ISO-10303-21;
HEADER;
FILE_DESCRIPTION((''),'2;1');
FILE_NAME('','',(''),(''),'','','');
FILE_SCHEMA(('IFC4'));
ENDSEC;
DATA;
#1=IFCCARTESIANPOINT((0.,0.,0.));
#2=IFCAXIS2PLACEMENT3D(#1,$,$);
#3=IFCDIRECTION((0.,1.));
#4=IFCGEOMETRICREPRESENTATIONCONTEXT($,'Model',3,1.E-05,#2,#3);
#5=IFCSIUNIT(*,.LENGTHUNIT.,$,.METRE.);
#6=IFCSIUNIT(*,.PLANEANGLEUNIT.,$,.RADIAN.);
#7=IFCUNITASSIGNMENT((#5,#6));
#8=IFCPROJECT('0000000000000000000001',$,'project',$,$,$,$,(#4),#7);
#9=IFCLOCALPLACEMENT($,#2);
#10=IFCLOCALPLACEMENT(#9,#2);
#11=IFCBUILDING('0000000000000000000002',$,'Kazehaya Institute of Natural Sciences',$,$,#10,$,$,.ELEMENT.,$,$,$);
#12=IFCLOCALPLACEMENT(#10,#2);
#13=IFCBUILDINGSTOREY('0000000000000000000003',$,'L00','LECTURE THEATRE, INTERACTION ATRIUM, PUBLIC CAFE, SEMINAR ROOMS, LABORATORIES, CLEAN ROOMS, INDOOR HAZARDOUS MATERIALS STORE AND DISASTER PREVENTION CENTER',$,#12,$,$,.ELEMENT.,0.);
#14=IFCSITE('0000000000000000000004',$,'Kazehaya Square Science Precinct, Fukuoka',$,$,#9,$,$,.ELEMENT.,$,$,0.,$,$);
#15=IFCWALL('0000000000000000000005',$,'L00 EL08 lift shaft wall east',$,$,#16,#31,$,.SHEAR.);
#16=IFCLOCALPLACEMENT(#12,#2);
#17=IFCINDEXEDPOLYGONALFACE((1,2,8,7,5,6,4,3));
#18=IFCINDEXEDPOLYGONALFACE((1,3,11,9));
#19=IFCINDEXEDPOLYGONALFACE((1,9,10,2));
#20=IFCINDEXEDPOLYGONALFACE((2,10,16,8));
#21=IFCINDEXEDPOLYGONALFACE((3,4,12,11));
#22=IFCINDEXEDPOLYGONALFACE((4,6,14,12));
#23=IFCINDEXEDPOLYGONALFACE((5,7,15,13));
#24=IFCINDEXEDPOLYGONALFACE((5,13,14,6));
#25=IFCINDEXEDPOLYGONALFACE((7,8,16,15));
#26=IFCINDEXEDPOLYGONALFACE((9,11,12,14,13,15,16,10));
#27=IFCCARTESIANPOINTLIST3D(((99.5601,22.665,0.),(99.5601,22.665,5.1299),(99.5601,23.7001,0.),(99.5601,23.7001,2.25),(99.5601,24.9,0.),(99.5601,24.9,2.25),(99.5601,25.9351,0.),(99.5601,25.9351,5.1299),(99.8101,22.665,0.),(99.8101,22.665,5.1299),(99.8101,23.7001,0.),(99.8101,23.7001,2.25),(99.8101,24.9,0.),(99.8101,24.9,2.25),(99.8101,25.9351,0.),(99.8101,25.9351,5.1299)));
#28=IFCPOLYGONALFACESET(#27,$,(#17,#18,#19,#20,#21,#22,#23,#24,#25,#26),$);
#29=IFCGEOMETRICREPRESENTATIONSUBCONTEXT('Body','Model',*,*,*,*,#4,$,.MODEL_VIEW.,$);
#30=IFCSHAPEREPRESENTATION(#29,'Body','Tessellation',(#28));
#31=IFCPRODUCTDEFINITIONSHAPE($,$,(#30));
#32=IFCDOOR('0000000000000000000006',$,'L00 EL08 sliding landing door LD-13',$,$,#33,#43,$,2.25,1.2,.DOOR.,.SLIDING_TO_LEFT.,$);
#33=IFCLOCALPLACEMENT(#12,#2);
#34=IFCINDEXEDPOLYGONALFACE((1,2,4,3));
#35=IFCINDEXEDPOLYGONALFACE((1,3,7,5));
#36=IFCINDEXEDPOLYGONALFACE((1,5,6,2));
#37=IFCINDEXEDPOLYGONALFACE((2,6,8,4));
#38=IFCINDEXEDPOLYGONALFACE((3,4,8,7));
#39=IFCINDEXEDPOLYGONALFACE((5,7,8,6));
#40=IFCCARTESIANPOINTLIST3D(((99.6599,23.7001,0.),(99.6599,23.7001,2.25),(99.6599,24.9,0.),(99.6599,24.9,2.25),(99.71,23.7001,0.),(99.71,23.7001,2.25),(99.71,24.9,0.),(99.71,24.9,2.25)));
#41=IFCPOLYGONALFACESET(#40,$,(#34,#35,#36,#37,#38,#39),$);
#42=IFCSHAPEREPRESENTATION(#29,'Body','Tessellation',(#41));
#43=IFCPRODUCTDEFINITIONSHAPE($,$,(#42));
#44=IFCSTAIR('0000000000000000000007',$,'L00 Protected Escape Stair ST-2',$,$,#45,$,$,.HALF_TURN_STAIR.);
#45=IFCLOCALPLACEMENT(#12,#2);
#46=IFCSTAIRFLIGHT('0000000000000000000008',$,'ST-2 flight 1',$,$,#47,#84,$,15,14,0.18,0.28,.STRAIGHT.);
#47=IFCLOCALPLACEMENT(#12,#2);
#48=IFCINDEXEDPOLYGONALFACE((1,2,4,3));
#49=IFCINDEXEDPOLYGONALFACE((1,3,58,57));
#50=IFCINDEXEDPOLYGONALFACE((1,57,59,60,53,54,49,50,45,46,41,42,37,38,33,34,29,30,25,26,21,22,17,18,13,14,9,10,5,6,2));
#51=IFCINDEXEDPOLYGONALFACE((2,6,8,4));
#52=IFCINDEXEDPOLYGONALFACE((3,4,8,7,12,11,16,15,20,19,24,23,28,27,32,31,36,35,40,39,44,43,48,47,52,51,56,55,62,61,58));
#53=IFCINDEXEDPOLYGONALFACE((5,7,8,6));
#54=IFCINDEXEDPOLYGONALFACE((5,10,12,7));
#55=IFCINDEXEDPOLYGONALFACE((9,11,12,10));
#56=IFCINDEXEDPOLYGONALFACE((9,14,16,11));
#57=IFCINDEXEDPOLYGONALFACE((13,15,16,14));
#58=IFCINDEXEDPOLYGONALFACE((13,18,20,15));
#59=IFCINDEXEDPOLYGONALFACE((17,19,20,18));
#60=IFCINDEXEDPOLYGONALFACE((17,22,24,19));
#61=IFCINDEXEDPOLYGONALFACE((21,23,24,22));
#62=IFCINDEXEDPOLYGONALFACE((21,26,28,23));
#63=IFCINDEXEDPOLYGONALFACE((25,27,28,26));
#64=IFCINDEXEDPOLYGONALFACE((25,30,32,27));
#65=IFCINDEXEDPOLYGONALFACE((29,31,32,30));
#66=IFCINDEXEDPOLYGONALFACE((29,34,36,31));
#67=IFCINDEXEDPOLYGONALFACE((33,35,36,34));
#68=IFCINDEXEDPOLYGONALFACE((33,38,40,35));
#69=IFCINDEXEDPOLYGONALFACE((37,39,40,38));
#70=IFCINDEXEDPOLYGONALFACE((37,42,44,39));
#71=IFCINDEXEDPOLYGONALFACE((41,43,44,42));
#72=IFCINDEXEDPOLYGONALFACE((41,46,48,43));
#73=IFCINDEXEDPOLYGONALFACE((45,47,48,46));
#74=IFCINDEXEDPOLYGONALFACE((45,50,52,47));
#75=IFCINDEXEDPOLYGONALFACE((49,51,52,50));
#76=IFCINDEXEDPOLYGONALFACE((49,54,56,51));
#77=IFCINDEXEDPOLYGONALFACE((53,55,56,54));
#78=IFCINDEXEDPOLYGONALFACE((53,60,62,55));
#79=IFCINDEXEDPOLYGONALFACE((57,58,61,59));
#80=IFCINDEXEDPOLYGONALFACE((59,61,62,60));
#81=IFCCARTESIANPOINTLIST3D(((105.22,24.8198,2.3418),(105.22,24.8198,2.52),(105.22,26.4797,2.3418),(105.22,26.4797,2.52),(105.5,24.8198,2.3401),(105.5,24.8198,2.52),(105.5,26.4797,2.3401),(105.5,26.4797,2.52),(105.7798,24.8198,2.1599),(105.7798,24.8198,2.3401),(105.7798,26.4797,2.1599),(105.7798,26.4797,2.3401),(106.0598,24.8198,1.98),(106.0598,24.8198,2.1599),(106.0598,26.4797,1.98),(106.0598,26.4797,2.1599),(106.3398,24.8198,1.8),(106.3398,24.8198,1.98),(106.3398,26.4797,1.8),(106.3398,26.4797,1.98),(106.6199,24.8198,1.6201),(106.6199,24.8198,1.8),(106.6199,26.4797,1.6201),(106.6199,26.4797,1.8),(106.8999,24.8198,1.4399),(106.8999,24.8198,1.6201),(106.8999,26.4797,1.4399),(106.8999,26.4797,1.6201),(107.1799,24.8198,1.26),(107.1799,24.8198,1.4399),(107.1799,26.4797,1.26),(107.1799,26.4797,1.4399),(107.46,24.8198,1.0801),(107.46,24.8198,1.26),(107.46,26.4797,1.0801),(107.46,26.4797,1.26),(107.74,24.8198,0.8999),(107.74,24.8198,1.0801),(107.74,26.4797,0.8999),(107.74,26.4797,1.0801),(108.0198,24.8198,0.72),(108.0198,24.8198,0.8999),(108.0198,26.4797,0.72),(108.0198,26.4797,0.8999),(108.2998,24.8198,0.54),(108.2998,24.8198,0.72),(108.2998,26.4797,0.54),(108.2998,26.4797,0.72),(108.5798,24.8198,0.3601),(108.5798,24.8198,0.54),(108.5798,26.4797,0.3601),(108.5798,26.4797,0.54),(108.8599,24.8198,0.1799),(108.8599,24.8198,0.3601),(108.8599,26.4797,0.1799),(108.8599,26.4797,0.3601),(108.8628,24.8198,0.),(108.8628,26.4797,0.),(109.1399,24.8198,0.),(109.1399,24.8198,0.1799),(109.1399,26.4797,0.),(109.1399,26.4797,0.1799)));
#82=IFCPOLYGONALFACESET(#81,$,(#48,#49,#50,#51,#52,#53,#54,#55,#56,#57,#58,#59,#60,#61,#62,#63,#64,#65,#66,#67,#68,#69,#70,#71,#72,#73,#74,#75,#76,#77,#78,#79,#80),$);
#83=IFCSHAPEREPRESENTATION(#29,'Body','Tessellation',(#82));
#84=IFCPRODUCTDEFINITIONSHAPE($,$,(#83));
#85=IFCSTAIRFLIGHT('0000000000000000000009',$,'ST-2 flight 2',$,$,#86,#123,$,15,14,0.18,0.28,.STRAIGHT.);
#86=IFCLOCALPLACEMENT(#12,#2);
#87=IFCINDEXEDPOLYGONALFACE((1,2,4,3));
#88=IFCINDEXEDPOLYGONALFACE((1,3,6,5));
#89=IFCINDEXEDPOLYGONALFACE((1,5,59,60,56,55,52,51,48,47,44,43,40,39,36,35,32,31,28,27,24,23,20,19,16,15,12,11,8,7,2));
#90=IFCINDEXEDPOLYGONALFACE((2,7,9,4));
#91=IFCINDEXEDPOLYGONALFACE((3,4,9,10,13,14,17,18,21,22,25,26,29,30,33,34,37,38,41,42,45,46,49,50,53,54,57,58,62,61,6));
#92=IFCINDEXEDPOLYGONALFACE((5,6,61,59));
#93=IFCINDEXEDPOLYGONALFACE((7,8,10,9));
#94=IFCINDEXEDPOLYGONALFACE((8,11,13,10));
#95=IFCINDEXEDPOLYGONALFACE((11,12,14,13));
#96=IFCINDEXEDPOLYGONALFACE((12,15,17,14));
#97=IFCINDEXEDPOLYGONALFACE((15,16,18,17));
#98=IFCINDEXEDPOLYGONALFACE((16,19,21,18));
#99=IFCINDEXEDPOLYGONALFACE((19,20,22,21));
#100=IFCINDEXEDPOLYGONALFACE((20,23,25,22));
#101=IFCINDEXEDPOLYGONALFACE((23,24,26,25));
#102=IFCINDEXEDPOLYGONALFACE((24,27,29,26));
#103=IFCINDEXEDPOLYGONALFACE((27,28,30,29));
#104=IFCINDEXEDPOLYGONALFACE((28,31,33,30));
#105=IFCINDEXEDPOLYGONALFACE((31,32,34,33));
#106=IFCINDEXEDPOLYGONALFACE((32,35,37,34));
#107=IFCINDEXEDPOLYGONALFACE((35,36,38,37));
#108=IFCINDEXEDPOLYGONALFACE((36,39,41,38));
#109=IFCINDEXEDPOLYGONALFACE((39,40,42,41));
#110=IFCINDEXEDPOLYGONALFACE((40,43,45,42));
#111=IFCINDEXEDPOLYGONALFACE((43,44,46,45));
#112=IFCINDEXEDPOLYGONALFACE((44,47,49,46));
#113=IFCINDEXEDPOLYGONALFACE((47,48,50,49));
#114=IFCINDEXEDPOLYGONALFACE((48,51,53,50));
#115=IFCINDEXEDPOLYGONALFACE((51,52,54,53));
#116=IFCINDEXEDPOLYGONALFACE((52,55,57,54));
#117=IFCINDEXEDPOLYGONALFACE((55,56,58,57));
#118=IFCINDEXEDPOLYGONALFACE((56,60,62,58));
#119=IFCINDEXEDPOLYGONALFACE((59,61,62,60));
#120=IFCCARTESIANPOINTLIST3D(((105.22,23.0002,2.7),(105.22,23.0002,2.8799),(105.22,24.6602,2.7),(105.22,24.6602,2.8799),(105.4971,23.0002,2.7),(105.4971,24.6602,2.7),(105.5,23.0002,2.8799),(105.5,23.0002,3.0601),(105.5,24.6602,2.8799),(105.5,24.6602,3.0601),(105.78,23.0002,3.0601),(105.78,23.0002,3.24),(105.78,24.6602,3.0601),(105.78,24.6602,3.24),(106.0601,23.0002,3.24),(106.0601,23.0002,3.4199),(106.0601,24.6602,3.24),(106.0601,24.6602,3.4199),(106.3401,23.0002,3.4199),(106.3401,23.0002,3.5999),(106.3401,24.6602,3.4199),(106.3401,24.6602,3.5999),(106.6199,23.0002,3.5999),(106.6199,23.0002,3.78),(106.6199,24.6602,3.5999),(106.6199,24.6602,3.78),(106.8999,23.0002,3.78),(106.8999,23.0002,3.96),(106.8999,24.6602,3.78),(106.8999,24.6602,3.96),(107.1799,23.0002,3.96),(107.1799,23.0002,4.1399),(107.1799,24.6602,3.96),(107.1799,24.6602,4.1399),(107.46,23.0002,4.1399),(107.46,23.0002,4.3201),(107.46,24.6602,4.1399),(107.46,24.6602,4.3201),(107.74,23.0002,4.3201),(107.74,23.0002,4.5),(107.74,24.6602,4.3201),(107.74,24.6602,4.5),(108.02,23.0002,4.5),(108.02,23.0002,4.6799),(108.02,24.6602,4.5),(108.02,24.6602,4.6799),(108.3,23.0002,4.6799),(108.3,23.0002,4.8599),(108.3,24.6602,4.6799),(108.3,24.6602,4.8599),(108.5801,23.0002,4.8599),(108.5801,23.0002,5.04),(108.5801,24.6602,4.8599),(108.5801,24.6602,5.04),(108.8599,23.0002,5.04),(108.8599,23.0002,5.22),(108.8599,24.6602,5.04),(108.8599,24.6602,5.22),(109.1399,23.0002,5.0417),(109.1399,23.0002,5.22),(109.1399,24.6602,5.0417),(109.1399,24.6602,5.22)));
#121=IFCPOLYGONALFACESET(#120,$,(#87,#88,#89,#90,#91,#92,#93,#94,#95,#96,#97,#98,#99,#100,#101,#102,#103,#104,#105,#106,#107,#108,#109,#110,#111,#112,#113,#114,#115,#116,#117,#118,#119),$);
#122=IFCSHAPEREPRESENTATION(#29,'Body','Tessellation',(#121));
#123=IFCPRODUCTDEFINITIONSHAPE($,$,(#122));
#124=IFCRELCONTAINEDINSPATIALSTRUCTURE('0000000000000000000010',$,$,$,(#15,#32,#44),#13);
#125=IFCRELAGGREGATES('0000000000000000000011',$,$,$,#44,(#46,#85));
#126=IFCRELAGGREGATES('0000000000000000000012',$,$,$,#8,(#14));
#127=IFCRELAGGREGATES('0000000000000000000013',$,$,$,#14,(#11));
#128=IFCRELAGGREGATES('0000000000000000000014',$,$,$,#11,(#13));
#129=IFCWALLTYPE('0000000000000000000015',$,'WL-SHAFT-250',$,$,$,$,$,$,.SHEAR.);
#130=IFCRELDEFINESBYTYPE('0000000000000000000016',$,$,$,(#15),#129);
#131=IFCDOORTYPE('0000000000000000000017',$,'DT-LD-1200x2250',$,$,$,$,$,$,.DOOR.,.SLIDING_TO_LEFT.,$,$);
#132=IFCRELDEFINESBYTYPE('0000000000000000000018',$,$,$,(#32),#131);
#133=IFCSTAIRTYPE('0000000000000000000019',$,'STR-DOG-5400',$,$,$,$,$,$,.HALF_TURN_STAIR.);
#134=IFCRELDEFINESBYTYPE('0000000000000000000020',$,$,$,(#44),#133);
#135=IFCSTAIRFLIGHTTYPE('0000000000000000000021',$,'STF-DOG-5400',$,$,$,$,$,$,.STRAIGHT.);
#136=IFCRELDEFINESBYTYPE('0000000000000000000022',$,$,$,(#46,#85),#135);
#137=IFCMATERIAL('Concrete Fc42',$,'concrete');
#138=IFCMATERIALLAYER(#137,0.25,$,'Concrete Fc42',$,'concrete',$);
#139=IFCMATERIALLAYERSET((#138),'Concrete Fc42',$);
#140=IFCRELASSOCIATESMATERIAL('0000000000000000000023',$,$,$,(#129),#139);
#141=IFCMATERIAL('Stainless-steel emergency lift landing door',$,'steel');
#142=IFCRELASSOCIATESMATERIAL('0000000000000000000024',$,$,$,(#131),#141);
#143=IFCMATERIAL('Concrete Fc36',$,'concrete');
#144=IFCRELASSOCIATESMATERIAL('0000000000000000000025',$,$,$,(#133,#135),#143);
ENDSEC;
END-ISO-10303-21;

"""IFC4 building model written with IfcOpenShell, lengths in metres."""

from ifc_helpers import new_model, si_unit, direction, frame, frame_2d, origin, place, context, subcontext, project, spatial, polyline, rectangle, outline, extrude, material, layer, layer_set, type_object, element, fill, aggregate, save


model = new_model("IFC4")

# Units and contexts
model_context = context("Model", 3, precision=1e-05, world=origin(), true_north=direction((0.0, 1.0)))
body_context = subcontext(model_context, "Body", "Model", "MODEL_VIEW")
ifc_project = project(units=[si_unit("LENGTHUNIT", "METRE"), si_unit("PLANEANGLEUNIT", "RADIAN")], contexts=[model_context])

# Site, building, storey
site_placement = place(None, origin())
site = spatial("IfcSite", under=ifc_project, at=site_placement, Name="Kazehaya Square Science Precinct, Fukuoka", CompositionType="ELEMENT", RefElevation=0.0)
building_placement = place(site_placement, origin())
building = spatial("IfcBuilding", under=site, at=building_placement, Name="Kazehaya Institute of Natural Sciences", CompositionType="ELEMENT")
storey_placement = place(building_placement, origin())
storey = spatial("IfcBuildingStorey", under=building, at=storey_placement, Name="L00", Description="LECTURE THEATRE, INTERACTION ATRIUM, PUBLIC CAFE, SEMINAR ROOMS, LABORATORIES, CLEAN ROOMS, INDOOR HAZARDOUS MATERIALS STORE AND DISASTER PREVENTION CENTER", CompositionType="ELEMENT", Elevation=0.0)

# Shared definitions
ifc_material_1 = material(Name="Concrete Fc42", Category="concrete")

# Shared definitions
ifc_material_2 = material(Name="Concrete Fc36", Category="concrete")

# Shared definitions
ifc_layer_1 = layer(ifc_material_1, 0.25, Name="Concrete Fc42", Category="concrete")
ifc_layer_set_1 = layer_set([ifc_layer_1], Name="Concrete Fc42")
wall_type_1 = type_object("IfcWallType", Name="WL-SHAFT-250", PredefinedType="SHEAR", material=ifc_layer_set_1)

# Wall, opening, door
wall_1_placement = place(storey_placement, frame((99.6851, 25.9351, 0.0), z_axis=(0.0, 0.0, 1.0), x_axis=(0.0, -1.0, 0.0)))
wall_1 = element("IfcWall", 1, at=wall_1_placement, inside=storey, type_object=wall_type_1, Name="L00 EL08 lift shaft wall east", PredefinedType="SHEAR", context=body_context, shape_type="SweptSolid", body=[
    extrude(rectangle(XDim=3.27, YDim=0.25, at=frame_2d((1.635, 0.0))), origin(), (0.0, 0.0, 1.0), 5.1299),
])
opening_1_placement = place(wall_1_placement, frame((1.0349, 0.0, 0.0)))
opening_1 = element("IfcOpeningElement", 2, at=opening_1_placement, cuts=wall_1, PredefinedType="OPENING", context=body_context, shape_type="SweptSolid", body=[
    extrude(rectangle(XDim=1.2, YDim=2.25, at=frame_2d((0.6001, 1.125))), frame((0.0, 0.135, 0.0), z_axis=(0.0, -1.0, 0.0), x_axis=(1.0, 0.0, 0.0)), (0.0, 0.0, 1.0), 0.27),
])
ifc_material_3 = material(Name="Stainless-steel emergency lift landing door", Category="steel")
door_type_1 = type_object("IfcDoorType", Name="DT-LD-1200x2250", OperationType="SLIDING_TO_LEFT", PredefinedType="DOOR", material=ifc_material_3)
door_1_placement = place(opening_1_placement, origin())
door_1 = element("IfcDoor", 3, at=door_1_placement, inside=storey, type_object=door_type_1, Name="L00 EL08 sliding landing door LD-13", OperationType="SLIDING_TO_LEFT", OverallHeight=2.25, OverallWidth=1.2, PredefinedType="DOOR", context=body_context, shape_type="SweptSolid", body=[
    extrude(rectangle(XDim=1.2, YDim=2.25, at=frame_2d((0.6001, 1.125))), frame((0.0, 0.0249, 0.0), z_axis=(0.0, -1.0, 0.0), x_axis=(1.0, 0.0, 0.0)), (0.0, 0.0, 1.0), 0.05),
])
fill(opening_1, door_1)

# Stair, stair flights
stair_type = type_object("IfcStairType", Name="STR-DOG-5400", PredefinedType="HALF_TURN_STAIR", material=ifc_material_2)
stair_placement = place(storey_placement, origin())
stair = element("IfcStair", 4, at=stair_placement, inside=storey, type_object=stair_type, Name="L00 Protected Escape Stair ST-2", PredefinedType="HALF_TURN_STAIR")
stair_flight_type = type_object("IfcStairFlightType", Name="STF-DOG-5400", PredefinedType="STRAIGHT", material=ifc_material_2)
stair_flight_1_placement = place(storey_placement, frame((109.1399, 25.6499, 0.0), z_axis=(0.0, 0.0, 1.0), x_axis=(-1.0, 0.0, 0.0)))
stair_flight_1 = element("IfcStairFlight", 5, at=stair_flight_1_placement, type_object=stair_flight_type, Name="ST-2 flight 1", NumberOfRisers=15, NumberOfTreads=14, PredefinedType="STRAIGHT", RiserHeight=0.18, TreadLength=0.28, context=body_context, shape_type="SweptSolid", body=[
    extrude(outline(polyline([(0.0, 0.0), (0.0, 0.1799), (0.28, 0.1799), (0.28, 0.3601), (0.5601, 0.3601), (0.5601, 0.54), (0.8401, 0.54), (0.8401, 0.72), (1.1201, 0.72), (1.1201, 0.8999), (1.3999, 0.8999), (1.3999, 1.0801), (1.6799, 1.0801), (1.6799, 1.26), (1.96, 1.26), (1.96, 1.4399), (2.24, 1.4399), (2.24, 1.6201), (2.52, 1.6201), (2.52, 1.8), (2.8, 1.8), (2.8, 1.98), (3.0801, 1.98), (3.0801, 2.1599), (3.3601, 2.1599), (3.3601, 2.3401), (3.6399, 2.3401), (3.6399, 2.52), (3.9199, 2.52), (3.9199, 2.7), (3.9199, 2.3418), (0.2771, 0.0), (0.0, 0.0)])), frame((0.0, 0.8301, 0.0), z_axis=(0.0, -1.0, 0.0), x_axis=(1.0, 0.0, 0.0)), (0.0, 0.0, 1.0), 1.6599),
])
stair_flight_2_placement = place(storey_placement, frame((105.22, 23.8301, 2.7), z_axis=(0.0, 0.0, 1.0), x_axis=(1.0, 0.0, 0.0)))
stair_flight_2 = element("IfcStairFlight", 6, at=stair_flight_2_placement, type_object=stair_flight_type, Name="ST-2 flight 2", NumberOfRisers=15, NumberOfTreads=14, PredefinedType="STRAIGHT", RiserHeight=0.18, TreadLength=0.28, context=body_context, shape_type="SweptSolid", body=[
    extrude(outline(polyline([(0.0, 0.0), (0.0, 0.1799), (0.28, 0.1799), (0.28, 0.3601), (0.5601, 0.3601), (0.5601, 0.54), (0.8401, 0.54), (0.8401, 0.72), (1.1201, 0.72), (1.1201, 0.8999), (1.3999, 0.8999), (1.3999, 1.0801), (1.6799, 1.0801), (1.6799, 1.26), (1.96, 1.26), (1.96, 1.4399), (2.24, 1.4399), (2.24, 1.6201), (2.52, 1.6201), (2.52, 1.8), (2.8, 1.8), (2.8, 1.98), (3.0801, 1.98), (3.0801, 2.1599), (3.3601, 2.1599), (3.3601, 2.3401), (3.6399, 2.3401), (3.6399, 2.52), (3.9199, 2.52), (3.9199, 2.7), (3.9199, 2.3418), (0.2771, 0.0), (0.0, 0.0)])), frame((0.0, 0.8301, 0.0), z_axis=(0.0, -1.0, 0.0), x_axis=(1.0, 0.0, 0.0)), (0.0, 0.0, 1.0), 1.6599),
])
aggregate(stair, [stair_flight_1, stair_flight_2])

save(model, "model.ifc")
